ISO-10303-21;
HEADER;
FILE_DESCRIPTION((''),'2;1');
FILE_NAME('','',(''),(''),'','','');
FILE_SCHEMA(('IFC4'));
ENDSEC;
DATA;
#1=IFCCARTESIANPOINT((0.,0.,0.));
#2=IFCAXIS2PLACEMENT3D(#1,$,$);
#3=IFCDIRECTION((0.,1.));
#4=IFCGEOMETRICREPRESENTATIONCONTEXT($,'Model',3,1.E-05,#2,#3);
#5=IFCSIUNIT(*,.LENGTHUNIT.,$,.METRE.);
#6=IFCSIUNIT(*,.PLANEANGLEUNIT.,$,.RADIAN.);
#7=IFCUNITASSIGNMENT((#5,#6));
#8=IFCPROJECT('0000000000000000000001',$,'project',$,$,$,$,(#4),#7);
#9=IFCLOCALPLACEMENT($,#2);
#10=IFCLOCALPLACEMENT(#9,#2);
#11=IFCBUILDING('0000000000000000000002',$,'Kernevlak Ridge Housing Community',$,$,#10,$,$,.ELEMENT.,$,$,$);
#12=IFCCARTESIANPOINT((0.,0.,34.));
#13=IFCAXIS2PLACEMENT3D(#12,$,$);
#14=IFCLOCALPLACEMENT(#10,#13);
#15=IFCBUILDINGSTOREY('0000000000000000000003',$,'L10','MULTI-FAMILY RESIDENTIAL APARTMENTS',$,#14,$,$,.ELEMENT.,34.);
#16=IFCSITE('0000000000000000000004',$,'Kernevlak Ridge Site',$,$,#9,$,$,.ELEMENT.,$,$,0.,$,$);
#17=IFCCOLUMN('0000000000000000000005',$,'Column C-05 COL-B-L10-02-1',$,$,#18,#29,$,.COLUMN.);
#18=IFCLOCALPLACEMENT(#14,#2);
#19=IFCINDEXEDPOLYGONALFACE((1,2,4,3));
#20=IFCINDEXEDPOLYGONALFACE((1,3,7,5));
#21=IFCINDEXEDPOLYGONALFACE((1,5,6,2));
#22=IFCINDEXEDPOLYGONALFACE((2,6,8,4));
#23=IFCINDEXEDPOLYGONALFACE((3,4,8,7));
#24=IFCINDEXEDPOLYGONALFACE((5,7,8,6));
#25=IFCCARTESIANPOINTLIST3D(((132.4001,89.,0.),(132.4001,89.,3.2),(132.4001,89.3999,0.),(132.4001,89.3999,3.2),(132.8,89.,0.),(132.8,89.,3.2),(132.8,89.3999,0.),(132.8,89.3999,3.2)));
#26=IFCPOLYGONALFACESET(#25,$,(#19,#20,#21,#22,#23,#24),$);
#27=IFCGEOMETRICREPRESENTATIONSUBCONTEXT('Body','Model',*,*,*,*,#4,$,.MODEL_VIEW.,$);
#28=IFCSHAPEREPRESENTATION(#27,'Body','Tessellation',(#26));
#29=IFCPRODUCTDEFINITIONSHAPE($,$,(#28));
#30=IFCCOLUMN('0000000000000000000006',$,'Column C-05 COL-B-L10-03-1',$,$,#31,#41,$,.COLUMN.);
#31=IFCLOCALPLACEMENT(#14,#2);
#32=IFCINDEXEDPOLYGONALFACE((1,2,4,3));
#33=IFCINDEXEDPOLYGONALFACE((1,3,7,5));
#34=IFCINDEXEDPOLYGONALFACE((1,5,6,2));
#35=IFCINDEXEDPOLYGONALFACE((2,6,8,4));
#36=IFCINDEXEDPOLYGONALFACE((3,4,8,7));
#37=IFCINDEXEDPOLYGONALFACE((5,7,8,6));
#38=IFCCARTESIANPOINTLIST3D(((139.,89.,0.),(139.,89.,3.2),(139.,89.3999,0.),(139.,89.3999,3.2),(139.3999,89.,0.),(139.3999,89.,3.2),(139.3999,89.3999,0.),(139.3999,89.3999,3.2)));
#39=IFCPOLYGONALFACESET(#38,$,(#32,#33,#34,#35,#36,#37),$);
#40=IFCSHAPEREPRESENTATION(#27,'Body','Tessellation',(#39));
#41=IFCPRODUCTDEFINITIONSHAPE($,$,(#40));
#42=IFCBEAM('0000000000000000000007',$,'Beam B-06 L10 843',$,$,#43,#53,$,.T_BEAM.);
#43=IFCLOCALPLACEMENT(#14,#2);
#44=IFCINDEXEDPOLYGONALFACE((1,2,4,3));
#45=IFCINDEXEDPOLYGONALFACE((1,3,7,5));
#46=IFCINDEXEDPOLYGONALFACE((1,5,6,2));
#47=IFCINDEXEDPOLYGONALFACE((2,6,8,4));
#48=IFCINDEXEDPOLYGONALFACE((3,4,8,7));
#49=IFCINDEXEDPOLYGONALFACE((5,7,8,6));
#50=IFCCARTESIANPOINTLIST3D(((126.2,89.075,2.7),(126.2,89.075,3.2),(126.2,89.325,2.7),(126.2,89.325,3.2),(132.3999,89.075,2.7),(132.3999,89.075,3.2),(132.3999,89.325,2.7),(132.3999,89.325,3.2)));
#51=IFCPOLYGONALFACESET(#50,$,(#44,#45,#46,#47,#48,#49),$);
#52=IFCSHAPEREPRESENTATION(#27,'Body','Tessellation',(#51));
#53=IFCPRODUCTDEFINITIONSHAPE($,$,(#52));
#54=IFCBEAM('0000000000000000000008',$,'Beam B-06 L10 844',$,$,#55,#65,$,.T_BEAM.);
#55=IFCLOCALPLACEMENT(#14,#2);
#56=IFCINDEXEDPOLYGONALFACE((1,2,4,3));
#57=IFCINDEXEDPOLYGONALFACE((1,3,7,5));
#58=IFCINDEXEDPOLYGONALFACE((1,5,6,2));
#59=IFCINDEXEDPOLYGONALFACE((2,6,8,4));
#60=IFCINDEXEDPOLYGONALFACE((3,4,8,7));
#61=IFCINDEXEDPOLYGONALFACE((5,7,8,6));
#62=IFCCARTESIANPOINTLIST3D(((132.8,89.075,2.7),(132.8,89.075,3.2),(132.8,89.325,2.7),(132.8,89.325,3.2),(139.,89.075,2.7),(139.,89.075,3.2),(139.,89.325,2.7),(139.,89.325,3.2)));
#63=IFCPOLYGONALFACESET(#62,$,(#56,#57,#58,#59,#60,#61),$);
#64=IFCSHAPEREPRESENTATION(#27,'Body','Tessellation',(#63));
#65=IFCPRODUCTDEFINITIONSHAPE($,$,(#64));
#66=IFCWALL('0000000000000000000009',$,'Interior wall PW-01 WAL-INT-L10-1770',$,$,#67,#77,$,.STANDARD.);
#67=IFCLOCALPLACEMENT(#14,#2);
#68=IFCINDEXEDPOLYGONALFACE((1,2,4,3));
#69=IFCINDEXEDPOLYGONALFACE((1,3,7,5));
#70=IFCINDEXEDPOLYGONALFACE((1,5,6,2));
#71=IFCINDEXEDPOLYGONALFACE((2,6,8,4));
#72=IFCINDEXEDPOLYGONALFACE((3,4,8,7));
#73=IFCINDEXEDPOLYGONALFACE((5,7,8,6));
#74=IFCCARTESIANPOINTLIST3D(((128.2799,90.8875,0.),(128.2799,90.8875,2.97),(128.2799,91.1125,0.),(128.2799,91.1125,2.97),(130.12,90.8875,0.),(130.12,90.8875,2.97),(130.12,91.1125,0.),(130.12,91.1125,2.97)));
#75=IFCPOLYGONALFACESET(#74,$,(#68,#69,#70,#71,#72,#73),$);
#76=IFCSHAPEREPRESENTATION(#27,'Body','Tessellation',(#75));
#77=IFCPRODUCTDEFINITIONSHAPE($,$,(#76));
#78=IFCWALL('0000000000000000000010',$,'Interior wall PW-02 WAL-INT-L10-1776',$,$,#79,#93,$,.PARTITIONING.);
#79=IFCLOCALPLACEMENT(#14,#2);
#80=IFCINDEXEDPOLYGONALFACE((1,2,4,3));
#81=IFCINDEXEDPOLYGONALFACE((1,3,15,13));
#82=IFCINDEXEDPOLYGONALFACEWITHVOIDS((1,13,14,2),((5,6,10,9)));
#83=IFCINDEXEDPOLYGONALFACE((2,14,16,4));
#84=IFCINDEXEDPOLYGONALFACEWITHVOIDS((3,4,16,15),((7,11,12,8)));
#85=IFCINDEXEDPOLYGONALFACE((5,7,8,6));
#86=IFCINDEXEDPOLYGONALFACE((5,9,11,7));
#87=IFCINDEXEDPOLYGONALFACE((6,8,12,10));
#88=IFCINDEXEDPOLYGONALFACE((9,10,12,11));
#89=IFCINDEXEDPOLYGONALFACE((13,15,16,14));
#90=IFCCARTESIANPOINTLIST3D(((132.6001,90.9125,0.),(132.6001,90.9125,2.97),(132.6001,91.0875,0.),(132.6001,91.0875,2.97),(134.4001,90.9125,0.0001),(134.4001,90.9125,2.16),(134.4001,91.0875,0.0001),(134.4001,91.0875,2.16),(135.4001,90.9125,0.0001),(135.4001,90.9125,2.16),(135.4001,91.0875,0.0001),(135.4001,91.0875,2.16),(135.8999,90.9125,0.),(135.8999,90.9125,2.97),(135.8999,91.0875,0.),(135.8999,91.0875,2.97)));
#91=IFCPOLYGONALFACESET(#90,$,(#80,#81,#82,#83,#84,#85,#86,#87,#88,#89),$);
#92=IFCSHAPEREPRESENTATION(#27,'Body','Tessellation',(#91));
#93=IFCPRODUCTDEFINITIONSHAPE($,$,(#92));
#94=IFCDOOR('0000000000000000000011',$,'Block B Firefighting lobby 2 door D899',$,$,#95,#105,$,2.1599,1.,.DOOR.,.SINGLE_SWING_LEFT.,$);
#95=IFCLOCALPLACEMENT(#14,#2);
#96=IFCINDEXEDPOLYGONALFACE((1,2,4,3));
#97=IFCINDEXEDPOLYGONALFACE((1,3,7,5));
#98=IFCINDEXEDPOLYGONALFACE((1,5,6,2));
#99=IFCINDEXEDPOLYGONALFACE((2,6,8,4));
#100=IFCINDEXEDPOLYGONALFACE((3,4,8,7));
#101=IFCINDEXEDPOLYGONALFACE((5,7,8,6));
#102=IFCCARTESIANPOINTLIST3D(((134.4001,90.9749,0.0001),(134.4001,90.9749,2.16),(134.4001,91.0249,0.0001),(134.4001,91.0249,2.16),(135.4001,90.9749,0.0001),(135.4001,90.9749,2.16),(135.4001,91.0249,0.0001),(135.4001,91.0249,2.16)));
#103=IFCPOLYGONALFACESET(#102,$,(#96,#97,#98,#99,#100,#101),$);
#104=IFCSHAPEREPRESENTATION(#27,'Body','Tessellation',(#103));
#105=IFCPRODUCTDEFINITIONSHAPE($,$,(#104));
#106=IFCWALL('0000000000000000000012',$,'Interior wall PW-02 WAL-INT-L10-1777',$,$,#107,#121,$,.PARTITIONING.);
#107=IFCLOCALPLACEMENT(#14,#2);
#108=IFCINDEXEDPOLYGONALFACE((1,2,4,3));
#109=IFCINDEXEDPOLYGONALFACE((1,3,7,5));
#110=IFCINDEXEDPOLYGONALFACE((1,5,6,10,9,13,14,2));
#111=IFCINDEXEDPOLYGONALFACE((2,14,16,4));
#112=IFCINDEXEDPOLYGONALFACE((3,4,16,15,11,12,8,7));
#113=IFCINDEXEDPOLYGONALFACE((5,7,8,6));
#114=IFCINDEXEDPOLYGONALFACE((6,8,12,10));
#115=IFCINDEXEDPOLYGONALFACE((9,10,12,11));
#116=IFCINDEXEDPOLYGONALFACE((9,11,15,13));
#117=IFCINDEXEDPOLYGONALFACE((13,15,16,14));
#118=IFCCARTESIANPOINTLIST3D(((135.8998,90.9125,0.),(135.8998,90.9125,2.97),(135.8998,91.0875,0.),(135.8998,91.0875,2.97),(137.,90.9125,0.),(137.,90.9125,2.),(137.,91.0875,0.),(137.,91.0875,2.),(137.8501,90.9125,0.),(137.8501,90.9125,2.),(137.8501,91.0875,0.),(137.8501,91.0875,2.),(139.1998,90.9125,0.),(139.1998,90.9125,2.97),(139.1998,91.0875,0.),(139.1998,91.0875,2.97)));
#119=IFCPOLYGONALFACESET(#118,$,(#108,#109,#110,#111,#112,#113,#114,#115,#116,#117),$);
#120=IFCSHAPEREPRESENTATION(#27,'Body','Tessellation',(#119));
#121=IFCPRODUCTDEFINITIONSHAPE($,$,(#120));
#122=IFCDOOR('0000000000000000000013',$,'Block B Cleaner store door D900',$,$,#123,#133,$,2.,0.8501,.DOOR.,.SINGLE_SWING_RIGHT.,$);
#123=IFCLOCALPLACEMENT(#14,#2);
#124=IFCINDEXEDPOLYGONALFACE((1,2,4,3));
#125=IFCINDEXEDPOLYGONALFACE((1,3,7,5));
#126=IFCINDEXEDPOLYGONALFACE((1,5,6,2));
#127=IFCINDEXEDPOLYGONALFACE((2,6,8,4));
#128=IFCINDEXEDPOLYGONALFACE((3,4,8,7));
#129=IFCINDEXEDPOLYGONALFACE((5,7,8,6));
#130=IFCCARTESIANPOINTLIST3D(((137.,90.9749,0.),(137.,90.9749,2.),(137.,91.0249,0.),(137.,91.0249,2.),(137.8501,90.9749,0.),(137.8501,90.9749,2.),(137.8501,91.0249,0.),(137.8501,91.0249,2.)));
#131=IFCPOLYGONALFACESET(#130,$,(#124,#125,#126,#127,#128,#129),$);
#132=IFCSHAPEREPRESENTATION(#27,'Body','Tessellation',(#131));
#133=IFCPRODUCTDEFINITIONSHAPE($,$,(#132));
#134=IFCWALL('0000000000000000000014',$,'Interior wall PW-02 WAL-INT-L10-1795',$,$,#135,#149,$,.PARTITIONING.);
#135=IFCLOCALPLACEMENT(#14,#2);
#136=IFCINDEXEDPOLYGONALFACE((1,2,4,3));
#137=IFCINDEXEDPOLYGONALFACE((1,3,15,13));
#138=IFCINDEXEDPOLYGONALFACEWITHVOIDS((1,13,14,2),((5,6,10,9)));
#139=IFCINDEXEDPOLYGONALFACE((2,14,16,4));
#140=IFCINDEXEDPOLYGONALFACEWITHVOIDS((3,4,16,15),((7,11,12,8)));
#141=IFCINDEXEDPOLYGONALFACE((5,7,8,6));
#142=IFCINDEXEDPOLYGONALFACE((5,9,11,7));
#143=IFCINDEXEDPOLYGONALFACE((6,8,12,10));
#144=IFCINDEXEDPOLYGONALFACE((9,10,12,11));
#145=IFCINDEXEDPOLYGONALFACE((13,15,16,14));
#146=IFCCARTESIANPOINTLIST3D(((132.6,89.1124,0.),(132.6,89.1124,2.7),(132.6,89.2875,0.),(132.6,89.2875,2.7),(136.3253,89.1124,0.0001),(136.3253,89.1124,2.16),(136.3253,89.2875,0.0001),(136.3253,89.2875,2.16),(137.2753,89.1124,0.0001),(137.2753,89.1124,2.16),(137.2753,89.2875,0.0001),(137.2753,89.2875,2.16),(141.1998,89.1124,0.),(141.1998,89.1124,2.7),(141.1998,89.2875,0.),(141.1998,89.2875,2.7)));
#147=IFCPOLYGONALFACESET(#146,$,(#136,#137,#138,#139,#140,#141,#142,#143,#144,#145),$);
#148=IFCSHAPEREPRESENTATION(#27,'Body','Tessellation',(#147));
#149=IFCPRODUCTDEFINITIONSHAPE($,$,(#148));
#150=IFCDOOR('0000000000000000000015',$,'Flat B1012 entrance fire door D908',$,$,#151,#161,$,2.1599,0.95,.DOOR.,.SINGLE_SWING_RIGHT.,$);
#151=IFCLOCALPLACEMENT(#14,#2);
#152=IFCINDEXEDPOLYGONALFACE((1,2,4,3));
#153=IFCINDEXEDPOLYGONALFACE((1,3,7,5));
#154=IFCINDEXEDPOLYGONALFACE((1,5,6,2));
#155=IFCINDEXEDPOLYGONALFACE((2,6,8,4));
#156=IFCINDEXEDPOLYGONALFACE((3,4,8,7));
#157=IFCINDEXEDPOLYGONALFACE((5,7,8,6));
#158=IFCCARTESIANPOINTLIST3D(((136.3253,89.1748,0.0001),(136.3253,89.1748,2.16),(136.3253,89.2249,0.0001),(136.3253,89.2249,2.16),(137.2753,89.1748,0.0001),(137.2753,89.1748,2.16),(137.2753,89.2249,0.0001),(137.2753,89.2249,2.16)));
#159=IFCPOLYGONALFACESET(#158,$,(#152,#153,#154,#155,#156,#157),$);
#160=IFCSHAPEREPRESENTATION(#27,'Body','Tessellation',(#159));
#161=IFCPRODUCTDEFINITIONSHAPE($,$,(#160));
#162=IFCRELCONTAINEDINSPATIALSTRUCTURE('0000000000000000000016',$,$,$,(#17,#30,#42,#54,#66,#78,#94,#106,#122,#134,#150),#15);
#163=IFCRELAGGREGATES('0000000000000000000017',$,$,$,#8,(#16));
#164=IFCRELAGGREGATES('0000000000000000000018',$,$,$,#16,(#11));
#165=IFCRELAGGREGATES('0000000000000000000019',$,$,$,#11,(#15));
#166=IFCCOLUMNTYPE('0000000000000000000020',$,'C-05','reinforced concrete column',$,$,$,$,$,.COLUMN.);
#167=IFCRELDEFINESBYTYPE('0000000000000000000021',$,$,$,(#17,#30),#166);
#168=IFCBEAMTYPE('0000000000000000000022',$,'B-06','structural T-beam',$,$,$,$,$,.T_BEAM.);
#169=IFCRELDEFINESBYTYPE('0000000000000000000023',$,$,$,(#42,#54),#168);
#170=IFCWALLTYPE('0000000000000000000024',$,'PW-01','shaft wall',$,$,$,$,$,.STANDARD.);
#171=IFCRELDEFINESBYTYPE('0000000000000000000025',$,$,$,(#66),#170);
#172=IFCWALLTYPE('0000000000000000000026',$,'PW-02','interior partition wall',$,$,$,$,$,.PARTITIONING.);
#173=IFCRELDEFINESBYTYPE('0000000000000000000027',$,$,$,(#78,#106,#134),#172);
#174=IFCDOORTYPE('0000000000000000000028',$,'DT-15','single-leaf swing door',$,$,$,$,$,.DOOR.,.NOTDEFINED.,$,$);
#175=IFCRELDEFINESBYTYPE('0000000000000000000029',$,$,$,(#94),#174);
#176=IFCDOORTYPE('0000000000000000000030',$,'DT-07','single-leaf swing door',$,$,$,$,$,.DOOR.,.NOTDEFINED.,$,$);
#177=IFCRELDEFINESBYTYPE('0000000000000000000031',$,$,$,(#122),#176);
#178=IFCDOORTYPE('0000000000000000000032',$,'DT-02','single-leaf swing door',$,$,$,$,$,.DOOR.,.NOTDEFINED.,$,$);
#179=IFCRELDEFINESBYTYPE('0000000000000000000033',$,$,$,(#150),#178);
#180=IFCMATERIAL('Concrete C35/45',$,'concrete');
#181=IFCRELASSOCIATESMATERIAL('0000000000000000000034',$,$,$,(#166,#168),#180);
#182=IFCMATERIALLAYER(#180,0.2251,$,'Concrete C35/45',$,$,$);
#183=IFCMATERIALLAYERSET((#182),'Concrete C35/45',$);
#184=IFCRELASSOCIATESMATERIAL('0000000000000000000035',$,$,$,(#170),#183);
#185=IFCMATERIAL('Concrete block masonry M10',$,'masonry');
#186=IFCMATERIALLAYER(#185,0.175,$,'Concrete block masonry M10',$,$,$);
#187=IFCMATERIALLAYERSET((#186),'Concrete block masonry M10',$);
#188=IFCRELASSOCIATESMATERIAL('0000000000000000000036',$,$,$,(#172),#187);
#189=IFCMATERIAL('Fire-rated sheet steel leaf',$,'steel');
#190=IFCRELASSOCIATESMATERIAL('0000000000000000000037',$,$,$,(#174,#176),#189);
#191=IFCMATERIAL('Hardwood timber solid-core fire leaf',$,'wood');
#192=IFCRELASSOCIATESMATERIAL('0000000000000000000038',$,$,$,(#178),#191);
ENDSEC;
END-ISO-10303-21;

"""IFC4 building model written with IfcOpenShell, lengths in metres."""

from ifc_helpers import new_model, si_unit, direction, frame, frame_2d, origin, origin_2d, place, context, subcontext, project, spatial, rectangle, extrude, material, layer, layer_set, material_profile, profile_set, type_object, element, fill, save


model = new_model("IFC4")

# Units and contexts
model_context = context("Model", 3, precision=1e-05, world=origin(), true_north=direction((0.0, 1.0)))
body_context = subcontext(model_context, "Body", "Model", "MODEL_VIEW")
ifc_project = project(units=[si_unit("LENGTHUNIT", "METRE"), si_unit("PLANEANGLEUNIT", "RADIAN")], contexts=[model_context])

# Site, building, storey
site_placement = place(None, origin())
site = spatial("IfcSite", under=ifc_project, at=site_placement, Name="Kernevlak Ridge Site", CompositionType="ELEMENT", RefElevation=0.0)
building_placement = place(site_placement, origin())
building = spatial("IfcBuilding", under=site, at=building_placement, Name="Kernevlak Ridge Housing Community", CompositionType="ELEMENT")
storey_placement = place(building_placement, frame((0.0, 0.0, 34.0)))
storey = spatial("IfcBuildingStorey", under=building, at=storey_placement, Name="L10", Description="MULTI-FAMILY RESIDENTIAL APARTMENTS", CompositionType="ELEMENT", Elevation=34.0)

# Columns
ifc_material_1 = material(Name="Concrete C35/45", Category="concrete")
ifc_material_profile_1 = material_profile(ifc_material_1, rectangle(XDim=0.3999, YDim=0.3999, at=origin_2d()), Name="RC 400x400")
ifc_profile_set_1 = profile_set([ifc_material_profile_1], Name="Concrete C35/45")
column_type = type_object("IfcColumnType", Name="C-05", Description="reinforced concrete column", PredefinedType="COLUMN", material=ifc_profile_set_1)
for number, where, z_axis, x_axis, name in (
    (1, (132.6001, 89.2, 0.0), (0.0, 0.0, 1.0), (1.0, 0.0, 0.0), "Column C-05 COL-B-L10-02-1"),
    (2, (139.2, 89.2, 0.0), (0.0, 0.0, 1.0), (1.0, 0.0, 0.0), "Column C-05 COL-B-L10-03-1"),
):
    element("IfcColumn", number, at=place(storey_placement, frame(where, z_axis=z_axis, x_axis=x_axis)), inside=storey, type_object=column_type, Name=name, PredefinedType="COLUMN", context=body_context, shape_type="SweptSolid", body=[
        extrude(rectangle(XDim=0.3999, YDim=0.3999, at=origin_2d()), origin(), (0.0, 0.0, 1.0), 3.2),
    ])

# Beams
ifc_material_profile_2 = material_profile(ifc_material_1, rectangle(XDim=0.25, YDim=0.5, at=origin_2d()), Name="RC 250x500")
ifc_profile_set_2 = profile_set([ifc_material_profile_2], Name="Concrete C35/45")
beam_type = type_object("IfcBeamType", Name="B-06", Description="structural T-beam", PredefinedType="T_BEAM", material=ifc_profile_set_2)
for number, where, z_axis, x_axis, name in (
    (3, (126.2, 89.2, 2.95), (1.0, 0.0, 0.0), (0.0, 1.0, 0.0), "Beam B-06 L10 843"),
    (4, (132.8, 89.2, 2.95), (1.0, 0.0, 0.0), (0.0, 1.0, 0.0), "Beam B-06 L10 844"),
):
    element("IfcBeam", number, at=place(storey_placement, frame(where, z_axis=z_axis, x_axis=x_axis)), inside=storey, type_object=beam_type, Name=name, PredefinedType="T_BEAM", context=body_context, shape_type="SweptSolid", body=[
        extrude(rectangle(XDim=0.25, YDim=0.5, at=origin_2d()), origin(), (0.0, 0.0, 1.0), 6.2),
    ])

# Wall
ifc_layer_1 = layer(ifc_material_1, 0.2251, Name="Concrete C35/45")
ifc_layer_set_1 = layer_set([ifc_layer_1], Name="Concrete C35/45")
wall_type_1 = type_object("IfcWallType", Name="PW-01", Description="shaft wall", PredefinedType="STANDARD", material=ifc_layer_set_1)
wall_1_placement = place(storey_placement, frame((128.28, 91.0, 0.0), z_axis=(0.0, 0.0, 1.0), x_axis=(1.0, 0.0, 0.0)))
element("IfcWall", 5, at=wall_1_placement, inside=storey, type_object=wall_type_1, Name="Interior wall PW-01 WAL-INT-L10-1770", PredefinedType="STANDARD", context=body_context, shape_type="SweptSolid", body=[
    extrude(rectangle(XDim=1.8401, YDim=0.2251, at=frame_2d((0.9199, 0.0))), origin(), (0.0, 0.0, 1.0), 2.97),
])

# Walls, openings, doors
ifc_material_2 = material(Name="Concrete block masonry M10", Category="masonry")
ifc_layer_2 = layer(ifc_material_2, 0.175, Name="Concrete block masonry M10")
ifc_layer_set_2 = layer_set([ifc_layer_2], Name="Concrete block masonry M10")
wall_type_2 = type_object("IfcWallType", Name="PW-02", Description="interior partition wall", PredefinedType="PARTITIONING", material=ifc_layer_set_2)
wall_2_placement = place(storey_placement, frame((132.6001, 91.0, 0.0), z_axis=(0.0, 0.0, 1.0), x_axis=(1.0, 0.0, 0.0)))
wall_2 = element("IfcWall", 6, at=wall_2_placement, inside=storey, type_object=wall_type_2, Name="Interior wall PW-02 WAL-INT-L10-1776", PredefinedType="PARTITIONING", context=body_context, shape_type="SweptSolid", body=[
    extrude(rectangle(XDim=3.2998, YDim=0.175, at=frame_2d((1.6499, 0.0))), origin(), (0.0, 0.0, 1.0), 2.97),
])
opening_1_placement = place(wall_2_placement, frame((1.8, 0.0, 0.0)))
opening_1 = element("IfcOpeningElement", 7, at=opening_1_placement, cuts=wall_2, PredefinedType="OPENING", context=body_context, shape_type="SweptSolid", body=[
    extrude(rectangle(XDim=1.0, YDim=2.1599, at=frame_2d((0.5, 1.0801))), frame((0.0, 0.0974, 0.0), z_axis=(0.0, -1.0, 0.0), x_axis=(1.0, 0.0, 0.0)), (0.0, 0.0, 1.0), 0.1951),
])
ifc_material_3 = material(Name="Fire-rated sheet steel leaf", Category="steel")
door_type_1 = type_object("IfcDoorType", Name="DT-15", Description="single-leaf swing door", OperationType="NOTDEFINED", PredefinedType="DOOR", material=ifc_material_3)
door_1_placement = place(opening_1_placement, origin())
door_1 = element("IfcDoor", 8, at=door_1_placement, inside=storey, type_object=door_type_1, Name="Block B Firefighting lobby 2 door D899", OperationType="SINGLE_SWING_LEFT", OverallHeight=2.1599, OverallWidth=1.0, PredefinedType="DOOR", context=body_context, shape_type="SweptSolid", body=[
    extrude(rectangle(XDim=1.0, YDim=2.1599, at=frame_2d((0.5, 1.0801))), frame((0.0, 0.0249, 0.0), z_axis=(0.0, -1.0, 0.0), x_axis=(1.0, 0.0, 0.0)), (0.0, 0.0, 1.0), 0.05),
])
fill(opening_1, door_1)
wall_3_placement = place(storey_placement, frame((135.8999, 91.0, 0.0), z_axis=(0.0, 0.0, 1.0), x_axis=(1.0, 0.0, 0.0)))
wall_3 = element("IfcWall", 9, at=wall_3_placement, inside=storey, type_object=wall_type_2, Name="Interior wall PW-02 WAL-INT-L10-1777", PredefinedType="PARTITIONING", context=body_context, shape_type="SweptSolid", body=[
    extrude(rectangle(XDim=3.3, YDim=0.175, at=frame_2d((1.6499, 0.0))), origin(), (0.0, 0.0, 1.0), 2.97),
])
opening_2_placement = place(wall_3_placement, frame((1.1001, 0.0, 0.0)))
opening_2 = element("IfcOpeningElement", 10, at=opening_2_placement, cuts=wall_3, PredefinedType="OPENING", context=body_context, shape_type="SweptSolid", body=[
    extrude(rectangle(XDim=0.8501, YDim=2.0, at=frame_2d((0.425, 1.0))), frame((0.0, 0.0974, 0.0), z_axis=(0.0, -1.0, 0.0), x_axis=(1.0, 0.0, 0.0)), (0.0, 0.0, 1.0), 0.1951),
])
door_type_2 = type_object("IfcDoorType", Name="DT-07", Description="single-leaf swing door", OperationType="NOTDEFINED", PredefinedType="DOOR", material=ifc_material_3)
door_2_placement = place(opening_2_placement, origin())
door_2 = element("IfcDoor", 11, at=door_2_placement, inside=storey, type_object=door_type_2, Name="Block B Cleaner store door D900", OperationType="SINGLE_SWING_RIGHT", OverallHeight=2.0, OverallWidth=0.8501, PredefinedType="DOOR", context=body_context, shape_type="SweptSolid", body=[
    extrude(rectangle(XDim=0.8501, YDim=2.0, at=frame_2d((0.425, 1.0))), frame((0.0, 0.0249, 0.0), z_axis=(0.0, -1.0, 0.0), x_axis=(1.0, 0.0, 0.0)), (0.0, 0.0, 1.0), 0.05),
])
fill(opening_2, door_2)
wall_4_placement = place(storey_placement, frame((132.6001, 89.2, 0.0), z_axis=(0.0, 0.0, 1.0), x_axis=(1.0, 0.0, 0.0)))
wall_4 = element("IfcWall", 12, at=wall_4_placement, inside=storey, type_object=wall_type_2, Name="Interior wall PW-02 WAL-INT-L10-1795", PredefinedType="PARTITIONING", context=body_context, shape_type="SweptSolid", body=[
    extrude(rectangle(XDim=8.5999, YDim=0.175, at=frame_2d((4.2998, 0.0))), origin(), (0.0, 0.0, 1.0), 2.7),
])
opening_3_placement = place(wall_4_placement, frame((3.7251, 0.0, 0.0)))
opening_3 = element("IfcOpeningElement", 13, at=opening_3_placement, cuts=wall_4, PredefinedType="OPENING", context=body_context, shape_type="SweptSolid", body=[
    extrude(rectangle(XDim=0.95, YDim=2.1599, at=frame_2d((0.4751, 1.0801))), frame((0.0, 0.0974, 0.0), z_axis=(0.0, -1.0, 0.0), x_axis=(1.0, 0.0, 0.0)), (0.0, 0.0, 1.0), 0.1951),
])
ifc_material_4 = material(Name="Hardwood timber solid-core fire leaf", Category="wood")
door_type_3 = type_object("IfcDoorType", Name="DT-02", Description="single-leaf swing door", OperationType="NOTDEFINED", PredefinedType="DOOR", material=ifc_material_4)
door_3_placement = place(opening_3_placement, origin())
door_3 = element("IfcDoor", 14, at=door_3_placement, inside=storey, type_object=door_type_3, Name="Flat B1012 entrance fire door D908", OperationType="SINGLE_SWING_RIGHT", OverallHeight=2.1599, OverallWidth=0.95, PredefinedType="DOOR", context=body_context, shape_type="SweptSolid", body=[
    extrude(rectangle(XDim=0.95, YDim=2.1599, at=frame_2d((0.4751, 1.0801))), frame((0.0, 0.0249, 0.0), z_axis=(0.0, -1.0, 0.0), x_axis=(1.0, 0.0, 0.0)), (0.0, 0.0, 1.0), 0.05),
])
fill(opening_3, door_3)

save(model, "model.ifc")
